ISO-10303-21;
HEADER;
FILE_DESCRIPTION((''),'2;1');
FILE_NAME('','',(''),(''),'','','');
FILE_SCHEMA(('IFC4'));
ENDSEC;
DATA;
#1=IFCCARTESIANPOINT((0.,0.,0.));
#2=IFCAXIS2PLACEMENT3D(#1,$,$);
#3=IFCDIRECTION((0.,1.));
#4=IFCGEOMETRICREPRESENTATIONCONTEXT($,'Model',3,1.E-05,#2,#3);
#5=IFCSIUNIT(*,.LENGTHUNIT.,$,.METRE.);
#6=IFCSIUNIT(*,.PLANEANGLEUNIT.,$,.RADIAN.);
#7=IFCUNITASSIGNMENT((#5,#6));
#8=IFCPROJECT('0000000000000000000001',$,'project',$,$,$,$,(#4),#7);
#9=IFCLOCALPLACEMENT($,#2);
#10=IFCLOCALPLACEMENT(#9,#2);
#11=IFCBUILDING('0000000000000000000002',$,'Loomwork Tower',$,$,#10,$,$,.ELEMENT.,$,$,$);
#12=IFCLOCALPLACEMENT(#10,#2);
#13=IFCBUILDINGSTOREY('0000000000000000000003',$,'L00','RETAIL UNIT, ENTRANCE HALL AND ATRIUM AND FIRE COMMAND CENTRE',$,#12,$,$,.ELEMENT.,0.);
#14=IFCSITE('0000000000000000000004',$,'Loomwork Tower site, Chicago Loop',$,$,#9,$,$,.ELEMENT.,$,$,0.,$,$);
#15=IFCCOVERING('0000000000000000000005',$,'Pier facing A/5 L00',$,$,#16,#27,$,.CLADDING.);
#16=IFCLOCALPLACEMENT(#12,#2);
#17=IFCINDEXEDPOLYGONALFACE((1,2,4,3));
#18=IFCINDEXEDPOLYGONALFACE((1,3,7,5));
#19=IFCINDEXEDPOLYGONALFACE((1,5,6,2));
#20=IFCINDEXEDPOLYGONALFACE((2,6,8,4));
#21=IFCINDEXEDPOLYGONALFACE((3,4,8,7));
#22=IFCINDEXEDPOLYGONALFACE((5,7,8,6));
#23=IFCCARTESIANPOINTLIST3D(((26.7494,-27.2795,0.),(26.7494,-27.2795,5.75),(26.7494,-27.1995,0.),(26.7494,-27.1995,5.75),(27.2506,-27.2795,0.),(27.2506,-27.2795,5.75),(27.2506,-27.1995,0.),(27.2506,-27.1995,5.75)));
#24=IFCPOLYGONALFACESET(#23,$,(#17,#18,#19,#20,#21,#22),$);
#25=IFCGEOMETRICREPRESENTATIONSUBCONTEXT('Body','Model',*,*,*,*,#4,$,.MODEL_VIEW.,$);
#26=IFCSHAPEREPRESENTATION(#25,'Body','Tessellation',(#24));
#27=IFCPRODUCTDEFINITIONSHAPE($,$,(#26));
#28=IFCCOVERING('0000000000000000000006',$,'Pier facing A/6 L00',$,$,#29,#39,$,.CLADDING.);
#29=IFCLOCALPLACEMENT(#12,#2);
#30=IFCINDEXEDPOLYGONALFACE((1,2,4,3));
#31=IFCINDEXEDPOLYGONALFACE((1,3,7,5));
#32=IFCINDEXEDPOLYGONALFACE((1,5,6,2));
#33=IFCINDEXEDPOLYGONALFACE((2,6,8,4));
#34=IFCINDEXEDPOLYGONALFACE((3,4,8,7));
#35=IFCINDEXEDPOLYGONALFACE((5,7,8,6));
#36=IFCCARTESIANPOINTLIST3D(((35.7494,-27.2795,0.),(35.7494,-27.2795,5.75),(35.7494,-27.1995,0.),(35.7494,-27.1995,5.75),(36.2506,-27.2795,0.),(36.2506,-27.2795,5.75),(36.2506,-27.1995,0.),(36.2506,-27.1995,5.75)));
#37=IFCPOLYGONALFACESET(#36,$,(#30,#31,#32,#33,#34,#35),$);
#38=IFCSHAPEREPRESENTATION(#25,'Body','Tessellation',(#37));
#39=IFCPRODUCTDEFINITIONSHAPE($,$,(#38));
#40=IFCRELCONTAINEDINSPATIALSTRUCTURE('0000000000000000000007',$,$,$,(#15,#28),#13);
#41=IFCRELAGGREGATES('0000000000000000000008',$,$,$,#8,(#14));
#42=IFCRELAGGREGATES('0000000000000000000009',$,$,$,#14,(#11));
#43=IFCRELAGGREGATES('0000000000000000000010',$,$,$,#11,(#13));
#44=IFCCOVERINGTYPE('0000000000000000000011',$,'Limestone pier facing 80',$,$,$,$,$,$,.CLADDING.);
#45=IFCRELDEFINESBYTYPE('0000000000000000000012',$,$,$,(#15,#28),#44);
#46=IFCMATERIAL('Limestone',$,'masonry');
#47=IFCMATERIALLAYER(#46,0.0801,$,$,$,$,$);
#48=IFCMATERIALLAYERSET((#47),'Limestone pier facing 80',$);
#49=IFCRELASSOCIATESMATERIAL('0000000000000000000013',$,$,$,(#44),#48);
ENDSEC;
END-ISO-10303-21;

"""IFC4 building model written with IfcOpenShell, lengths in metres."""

from ifc_helpers import new_model, si_unit, direction, frame, origin, origin_2d, place, context, subcontext, project, spatial, rectangle, extrude, material, layer, layer_set, type_object, element, save


model = new_model("IFC4")

# Units and contexts
model_context = context("Model", 3, precision=1e-05, world=origin(), true_north=direction((0.0, 1.0)))
body_context = subcontext(model_context, "Body", "Model", "MODEL_VIEW")
ifc_project = project(units=[si_unit("LENGTHUNIT", "METRE"), si_unit("PLANEANGLEUNIT", "RADIAN")], contexts=[model_context])

# Site, building, storey
site_placement = place(None, origin())
site = spatial("IfcSite", under=ifc_project, at=site_placement, Name="Loomwork Tower site, Chicago Loop", CompositionType="ELEMENT", RefElevation=0.0)
building_placement = place(site_placement, origin())
building = spatial("IfcBuilding", under=site, at=building_placement, Name="Loomwork Tower", CompositionType="ELEMENT")
storey_placement = place(building_placement, origin())
storey = spatial("IfcBuildingStorey", under=building, at=storey_placement, Name="L00", Description="RETAIL UNIT, ENTRANCE HALL AND ATRIUM AND FIRE COMMAND CENTRE", CompositionType="ELEMENT", Elevation=0.0)

# Coverings
ifc_material_1 = material(Name="Limestone", Category="masonry")
ifc_layer_1 = layer(ifc_material_1, 0.0801)
ifc_layer_set_1 = layer_set([ifc_layer_1], Name="Limestone pier facing 80")
covering_type_1 = type_object("IfcCoveringType", Name="Limestone pier facing 80", PredefinedType="CLADDING", material=ifc_layer_set_1)
for number, where, z_axis, x_axis, name in (
    (1, (27.0, -27.2395, 0.0), (0.0, 0.0, 1.0), (1.0, 0.0, 0.0), "Pier facing A/5 L00"),
    (2, (36.0, -27.2395, 0.0), (0.0, 0.0, 1.0), (1.0, 0.0, 0.0), "Pier facing A/6 L00"),
):
    element("IfcCovering", number, at=place(storey_placement, frame(where, z_axis=z_axis, x_axis=x_axis)), inside=storey, type_object=covering_type_1, Name=name, PredefinedType="CLADDING", context=body_context, shape_type="SweptSolid", body=[
        extrude(rectangle(XDim=0.5012, YDim=0.0801, at=origin_2d()), origin(), (0.0, 0.0, 1.0), 5.75),
    ])

save(model, "model.ifc")
